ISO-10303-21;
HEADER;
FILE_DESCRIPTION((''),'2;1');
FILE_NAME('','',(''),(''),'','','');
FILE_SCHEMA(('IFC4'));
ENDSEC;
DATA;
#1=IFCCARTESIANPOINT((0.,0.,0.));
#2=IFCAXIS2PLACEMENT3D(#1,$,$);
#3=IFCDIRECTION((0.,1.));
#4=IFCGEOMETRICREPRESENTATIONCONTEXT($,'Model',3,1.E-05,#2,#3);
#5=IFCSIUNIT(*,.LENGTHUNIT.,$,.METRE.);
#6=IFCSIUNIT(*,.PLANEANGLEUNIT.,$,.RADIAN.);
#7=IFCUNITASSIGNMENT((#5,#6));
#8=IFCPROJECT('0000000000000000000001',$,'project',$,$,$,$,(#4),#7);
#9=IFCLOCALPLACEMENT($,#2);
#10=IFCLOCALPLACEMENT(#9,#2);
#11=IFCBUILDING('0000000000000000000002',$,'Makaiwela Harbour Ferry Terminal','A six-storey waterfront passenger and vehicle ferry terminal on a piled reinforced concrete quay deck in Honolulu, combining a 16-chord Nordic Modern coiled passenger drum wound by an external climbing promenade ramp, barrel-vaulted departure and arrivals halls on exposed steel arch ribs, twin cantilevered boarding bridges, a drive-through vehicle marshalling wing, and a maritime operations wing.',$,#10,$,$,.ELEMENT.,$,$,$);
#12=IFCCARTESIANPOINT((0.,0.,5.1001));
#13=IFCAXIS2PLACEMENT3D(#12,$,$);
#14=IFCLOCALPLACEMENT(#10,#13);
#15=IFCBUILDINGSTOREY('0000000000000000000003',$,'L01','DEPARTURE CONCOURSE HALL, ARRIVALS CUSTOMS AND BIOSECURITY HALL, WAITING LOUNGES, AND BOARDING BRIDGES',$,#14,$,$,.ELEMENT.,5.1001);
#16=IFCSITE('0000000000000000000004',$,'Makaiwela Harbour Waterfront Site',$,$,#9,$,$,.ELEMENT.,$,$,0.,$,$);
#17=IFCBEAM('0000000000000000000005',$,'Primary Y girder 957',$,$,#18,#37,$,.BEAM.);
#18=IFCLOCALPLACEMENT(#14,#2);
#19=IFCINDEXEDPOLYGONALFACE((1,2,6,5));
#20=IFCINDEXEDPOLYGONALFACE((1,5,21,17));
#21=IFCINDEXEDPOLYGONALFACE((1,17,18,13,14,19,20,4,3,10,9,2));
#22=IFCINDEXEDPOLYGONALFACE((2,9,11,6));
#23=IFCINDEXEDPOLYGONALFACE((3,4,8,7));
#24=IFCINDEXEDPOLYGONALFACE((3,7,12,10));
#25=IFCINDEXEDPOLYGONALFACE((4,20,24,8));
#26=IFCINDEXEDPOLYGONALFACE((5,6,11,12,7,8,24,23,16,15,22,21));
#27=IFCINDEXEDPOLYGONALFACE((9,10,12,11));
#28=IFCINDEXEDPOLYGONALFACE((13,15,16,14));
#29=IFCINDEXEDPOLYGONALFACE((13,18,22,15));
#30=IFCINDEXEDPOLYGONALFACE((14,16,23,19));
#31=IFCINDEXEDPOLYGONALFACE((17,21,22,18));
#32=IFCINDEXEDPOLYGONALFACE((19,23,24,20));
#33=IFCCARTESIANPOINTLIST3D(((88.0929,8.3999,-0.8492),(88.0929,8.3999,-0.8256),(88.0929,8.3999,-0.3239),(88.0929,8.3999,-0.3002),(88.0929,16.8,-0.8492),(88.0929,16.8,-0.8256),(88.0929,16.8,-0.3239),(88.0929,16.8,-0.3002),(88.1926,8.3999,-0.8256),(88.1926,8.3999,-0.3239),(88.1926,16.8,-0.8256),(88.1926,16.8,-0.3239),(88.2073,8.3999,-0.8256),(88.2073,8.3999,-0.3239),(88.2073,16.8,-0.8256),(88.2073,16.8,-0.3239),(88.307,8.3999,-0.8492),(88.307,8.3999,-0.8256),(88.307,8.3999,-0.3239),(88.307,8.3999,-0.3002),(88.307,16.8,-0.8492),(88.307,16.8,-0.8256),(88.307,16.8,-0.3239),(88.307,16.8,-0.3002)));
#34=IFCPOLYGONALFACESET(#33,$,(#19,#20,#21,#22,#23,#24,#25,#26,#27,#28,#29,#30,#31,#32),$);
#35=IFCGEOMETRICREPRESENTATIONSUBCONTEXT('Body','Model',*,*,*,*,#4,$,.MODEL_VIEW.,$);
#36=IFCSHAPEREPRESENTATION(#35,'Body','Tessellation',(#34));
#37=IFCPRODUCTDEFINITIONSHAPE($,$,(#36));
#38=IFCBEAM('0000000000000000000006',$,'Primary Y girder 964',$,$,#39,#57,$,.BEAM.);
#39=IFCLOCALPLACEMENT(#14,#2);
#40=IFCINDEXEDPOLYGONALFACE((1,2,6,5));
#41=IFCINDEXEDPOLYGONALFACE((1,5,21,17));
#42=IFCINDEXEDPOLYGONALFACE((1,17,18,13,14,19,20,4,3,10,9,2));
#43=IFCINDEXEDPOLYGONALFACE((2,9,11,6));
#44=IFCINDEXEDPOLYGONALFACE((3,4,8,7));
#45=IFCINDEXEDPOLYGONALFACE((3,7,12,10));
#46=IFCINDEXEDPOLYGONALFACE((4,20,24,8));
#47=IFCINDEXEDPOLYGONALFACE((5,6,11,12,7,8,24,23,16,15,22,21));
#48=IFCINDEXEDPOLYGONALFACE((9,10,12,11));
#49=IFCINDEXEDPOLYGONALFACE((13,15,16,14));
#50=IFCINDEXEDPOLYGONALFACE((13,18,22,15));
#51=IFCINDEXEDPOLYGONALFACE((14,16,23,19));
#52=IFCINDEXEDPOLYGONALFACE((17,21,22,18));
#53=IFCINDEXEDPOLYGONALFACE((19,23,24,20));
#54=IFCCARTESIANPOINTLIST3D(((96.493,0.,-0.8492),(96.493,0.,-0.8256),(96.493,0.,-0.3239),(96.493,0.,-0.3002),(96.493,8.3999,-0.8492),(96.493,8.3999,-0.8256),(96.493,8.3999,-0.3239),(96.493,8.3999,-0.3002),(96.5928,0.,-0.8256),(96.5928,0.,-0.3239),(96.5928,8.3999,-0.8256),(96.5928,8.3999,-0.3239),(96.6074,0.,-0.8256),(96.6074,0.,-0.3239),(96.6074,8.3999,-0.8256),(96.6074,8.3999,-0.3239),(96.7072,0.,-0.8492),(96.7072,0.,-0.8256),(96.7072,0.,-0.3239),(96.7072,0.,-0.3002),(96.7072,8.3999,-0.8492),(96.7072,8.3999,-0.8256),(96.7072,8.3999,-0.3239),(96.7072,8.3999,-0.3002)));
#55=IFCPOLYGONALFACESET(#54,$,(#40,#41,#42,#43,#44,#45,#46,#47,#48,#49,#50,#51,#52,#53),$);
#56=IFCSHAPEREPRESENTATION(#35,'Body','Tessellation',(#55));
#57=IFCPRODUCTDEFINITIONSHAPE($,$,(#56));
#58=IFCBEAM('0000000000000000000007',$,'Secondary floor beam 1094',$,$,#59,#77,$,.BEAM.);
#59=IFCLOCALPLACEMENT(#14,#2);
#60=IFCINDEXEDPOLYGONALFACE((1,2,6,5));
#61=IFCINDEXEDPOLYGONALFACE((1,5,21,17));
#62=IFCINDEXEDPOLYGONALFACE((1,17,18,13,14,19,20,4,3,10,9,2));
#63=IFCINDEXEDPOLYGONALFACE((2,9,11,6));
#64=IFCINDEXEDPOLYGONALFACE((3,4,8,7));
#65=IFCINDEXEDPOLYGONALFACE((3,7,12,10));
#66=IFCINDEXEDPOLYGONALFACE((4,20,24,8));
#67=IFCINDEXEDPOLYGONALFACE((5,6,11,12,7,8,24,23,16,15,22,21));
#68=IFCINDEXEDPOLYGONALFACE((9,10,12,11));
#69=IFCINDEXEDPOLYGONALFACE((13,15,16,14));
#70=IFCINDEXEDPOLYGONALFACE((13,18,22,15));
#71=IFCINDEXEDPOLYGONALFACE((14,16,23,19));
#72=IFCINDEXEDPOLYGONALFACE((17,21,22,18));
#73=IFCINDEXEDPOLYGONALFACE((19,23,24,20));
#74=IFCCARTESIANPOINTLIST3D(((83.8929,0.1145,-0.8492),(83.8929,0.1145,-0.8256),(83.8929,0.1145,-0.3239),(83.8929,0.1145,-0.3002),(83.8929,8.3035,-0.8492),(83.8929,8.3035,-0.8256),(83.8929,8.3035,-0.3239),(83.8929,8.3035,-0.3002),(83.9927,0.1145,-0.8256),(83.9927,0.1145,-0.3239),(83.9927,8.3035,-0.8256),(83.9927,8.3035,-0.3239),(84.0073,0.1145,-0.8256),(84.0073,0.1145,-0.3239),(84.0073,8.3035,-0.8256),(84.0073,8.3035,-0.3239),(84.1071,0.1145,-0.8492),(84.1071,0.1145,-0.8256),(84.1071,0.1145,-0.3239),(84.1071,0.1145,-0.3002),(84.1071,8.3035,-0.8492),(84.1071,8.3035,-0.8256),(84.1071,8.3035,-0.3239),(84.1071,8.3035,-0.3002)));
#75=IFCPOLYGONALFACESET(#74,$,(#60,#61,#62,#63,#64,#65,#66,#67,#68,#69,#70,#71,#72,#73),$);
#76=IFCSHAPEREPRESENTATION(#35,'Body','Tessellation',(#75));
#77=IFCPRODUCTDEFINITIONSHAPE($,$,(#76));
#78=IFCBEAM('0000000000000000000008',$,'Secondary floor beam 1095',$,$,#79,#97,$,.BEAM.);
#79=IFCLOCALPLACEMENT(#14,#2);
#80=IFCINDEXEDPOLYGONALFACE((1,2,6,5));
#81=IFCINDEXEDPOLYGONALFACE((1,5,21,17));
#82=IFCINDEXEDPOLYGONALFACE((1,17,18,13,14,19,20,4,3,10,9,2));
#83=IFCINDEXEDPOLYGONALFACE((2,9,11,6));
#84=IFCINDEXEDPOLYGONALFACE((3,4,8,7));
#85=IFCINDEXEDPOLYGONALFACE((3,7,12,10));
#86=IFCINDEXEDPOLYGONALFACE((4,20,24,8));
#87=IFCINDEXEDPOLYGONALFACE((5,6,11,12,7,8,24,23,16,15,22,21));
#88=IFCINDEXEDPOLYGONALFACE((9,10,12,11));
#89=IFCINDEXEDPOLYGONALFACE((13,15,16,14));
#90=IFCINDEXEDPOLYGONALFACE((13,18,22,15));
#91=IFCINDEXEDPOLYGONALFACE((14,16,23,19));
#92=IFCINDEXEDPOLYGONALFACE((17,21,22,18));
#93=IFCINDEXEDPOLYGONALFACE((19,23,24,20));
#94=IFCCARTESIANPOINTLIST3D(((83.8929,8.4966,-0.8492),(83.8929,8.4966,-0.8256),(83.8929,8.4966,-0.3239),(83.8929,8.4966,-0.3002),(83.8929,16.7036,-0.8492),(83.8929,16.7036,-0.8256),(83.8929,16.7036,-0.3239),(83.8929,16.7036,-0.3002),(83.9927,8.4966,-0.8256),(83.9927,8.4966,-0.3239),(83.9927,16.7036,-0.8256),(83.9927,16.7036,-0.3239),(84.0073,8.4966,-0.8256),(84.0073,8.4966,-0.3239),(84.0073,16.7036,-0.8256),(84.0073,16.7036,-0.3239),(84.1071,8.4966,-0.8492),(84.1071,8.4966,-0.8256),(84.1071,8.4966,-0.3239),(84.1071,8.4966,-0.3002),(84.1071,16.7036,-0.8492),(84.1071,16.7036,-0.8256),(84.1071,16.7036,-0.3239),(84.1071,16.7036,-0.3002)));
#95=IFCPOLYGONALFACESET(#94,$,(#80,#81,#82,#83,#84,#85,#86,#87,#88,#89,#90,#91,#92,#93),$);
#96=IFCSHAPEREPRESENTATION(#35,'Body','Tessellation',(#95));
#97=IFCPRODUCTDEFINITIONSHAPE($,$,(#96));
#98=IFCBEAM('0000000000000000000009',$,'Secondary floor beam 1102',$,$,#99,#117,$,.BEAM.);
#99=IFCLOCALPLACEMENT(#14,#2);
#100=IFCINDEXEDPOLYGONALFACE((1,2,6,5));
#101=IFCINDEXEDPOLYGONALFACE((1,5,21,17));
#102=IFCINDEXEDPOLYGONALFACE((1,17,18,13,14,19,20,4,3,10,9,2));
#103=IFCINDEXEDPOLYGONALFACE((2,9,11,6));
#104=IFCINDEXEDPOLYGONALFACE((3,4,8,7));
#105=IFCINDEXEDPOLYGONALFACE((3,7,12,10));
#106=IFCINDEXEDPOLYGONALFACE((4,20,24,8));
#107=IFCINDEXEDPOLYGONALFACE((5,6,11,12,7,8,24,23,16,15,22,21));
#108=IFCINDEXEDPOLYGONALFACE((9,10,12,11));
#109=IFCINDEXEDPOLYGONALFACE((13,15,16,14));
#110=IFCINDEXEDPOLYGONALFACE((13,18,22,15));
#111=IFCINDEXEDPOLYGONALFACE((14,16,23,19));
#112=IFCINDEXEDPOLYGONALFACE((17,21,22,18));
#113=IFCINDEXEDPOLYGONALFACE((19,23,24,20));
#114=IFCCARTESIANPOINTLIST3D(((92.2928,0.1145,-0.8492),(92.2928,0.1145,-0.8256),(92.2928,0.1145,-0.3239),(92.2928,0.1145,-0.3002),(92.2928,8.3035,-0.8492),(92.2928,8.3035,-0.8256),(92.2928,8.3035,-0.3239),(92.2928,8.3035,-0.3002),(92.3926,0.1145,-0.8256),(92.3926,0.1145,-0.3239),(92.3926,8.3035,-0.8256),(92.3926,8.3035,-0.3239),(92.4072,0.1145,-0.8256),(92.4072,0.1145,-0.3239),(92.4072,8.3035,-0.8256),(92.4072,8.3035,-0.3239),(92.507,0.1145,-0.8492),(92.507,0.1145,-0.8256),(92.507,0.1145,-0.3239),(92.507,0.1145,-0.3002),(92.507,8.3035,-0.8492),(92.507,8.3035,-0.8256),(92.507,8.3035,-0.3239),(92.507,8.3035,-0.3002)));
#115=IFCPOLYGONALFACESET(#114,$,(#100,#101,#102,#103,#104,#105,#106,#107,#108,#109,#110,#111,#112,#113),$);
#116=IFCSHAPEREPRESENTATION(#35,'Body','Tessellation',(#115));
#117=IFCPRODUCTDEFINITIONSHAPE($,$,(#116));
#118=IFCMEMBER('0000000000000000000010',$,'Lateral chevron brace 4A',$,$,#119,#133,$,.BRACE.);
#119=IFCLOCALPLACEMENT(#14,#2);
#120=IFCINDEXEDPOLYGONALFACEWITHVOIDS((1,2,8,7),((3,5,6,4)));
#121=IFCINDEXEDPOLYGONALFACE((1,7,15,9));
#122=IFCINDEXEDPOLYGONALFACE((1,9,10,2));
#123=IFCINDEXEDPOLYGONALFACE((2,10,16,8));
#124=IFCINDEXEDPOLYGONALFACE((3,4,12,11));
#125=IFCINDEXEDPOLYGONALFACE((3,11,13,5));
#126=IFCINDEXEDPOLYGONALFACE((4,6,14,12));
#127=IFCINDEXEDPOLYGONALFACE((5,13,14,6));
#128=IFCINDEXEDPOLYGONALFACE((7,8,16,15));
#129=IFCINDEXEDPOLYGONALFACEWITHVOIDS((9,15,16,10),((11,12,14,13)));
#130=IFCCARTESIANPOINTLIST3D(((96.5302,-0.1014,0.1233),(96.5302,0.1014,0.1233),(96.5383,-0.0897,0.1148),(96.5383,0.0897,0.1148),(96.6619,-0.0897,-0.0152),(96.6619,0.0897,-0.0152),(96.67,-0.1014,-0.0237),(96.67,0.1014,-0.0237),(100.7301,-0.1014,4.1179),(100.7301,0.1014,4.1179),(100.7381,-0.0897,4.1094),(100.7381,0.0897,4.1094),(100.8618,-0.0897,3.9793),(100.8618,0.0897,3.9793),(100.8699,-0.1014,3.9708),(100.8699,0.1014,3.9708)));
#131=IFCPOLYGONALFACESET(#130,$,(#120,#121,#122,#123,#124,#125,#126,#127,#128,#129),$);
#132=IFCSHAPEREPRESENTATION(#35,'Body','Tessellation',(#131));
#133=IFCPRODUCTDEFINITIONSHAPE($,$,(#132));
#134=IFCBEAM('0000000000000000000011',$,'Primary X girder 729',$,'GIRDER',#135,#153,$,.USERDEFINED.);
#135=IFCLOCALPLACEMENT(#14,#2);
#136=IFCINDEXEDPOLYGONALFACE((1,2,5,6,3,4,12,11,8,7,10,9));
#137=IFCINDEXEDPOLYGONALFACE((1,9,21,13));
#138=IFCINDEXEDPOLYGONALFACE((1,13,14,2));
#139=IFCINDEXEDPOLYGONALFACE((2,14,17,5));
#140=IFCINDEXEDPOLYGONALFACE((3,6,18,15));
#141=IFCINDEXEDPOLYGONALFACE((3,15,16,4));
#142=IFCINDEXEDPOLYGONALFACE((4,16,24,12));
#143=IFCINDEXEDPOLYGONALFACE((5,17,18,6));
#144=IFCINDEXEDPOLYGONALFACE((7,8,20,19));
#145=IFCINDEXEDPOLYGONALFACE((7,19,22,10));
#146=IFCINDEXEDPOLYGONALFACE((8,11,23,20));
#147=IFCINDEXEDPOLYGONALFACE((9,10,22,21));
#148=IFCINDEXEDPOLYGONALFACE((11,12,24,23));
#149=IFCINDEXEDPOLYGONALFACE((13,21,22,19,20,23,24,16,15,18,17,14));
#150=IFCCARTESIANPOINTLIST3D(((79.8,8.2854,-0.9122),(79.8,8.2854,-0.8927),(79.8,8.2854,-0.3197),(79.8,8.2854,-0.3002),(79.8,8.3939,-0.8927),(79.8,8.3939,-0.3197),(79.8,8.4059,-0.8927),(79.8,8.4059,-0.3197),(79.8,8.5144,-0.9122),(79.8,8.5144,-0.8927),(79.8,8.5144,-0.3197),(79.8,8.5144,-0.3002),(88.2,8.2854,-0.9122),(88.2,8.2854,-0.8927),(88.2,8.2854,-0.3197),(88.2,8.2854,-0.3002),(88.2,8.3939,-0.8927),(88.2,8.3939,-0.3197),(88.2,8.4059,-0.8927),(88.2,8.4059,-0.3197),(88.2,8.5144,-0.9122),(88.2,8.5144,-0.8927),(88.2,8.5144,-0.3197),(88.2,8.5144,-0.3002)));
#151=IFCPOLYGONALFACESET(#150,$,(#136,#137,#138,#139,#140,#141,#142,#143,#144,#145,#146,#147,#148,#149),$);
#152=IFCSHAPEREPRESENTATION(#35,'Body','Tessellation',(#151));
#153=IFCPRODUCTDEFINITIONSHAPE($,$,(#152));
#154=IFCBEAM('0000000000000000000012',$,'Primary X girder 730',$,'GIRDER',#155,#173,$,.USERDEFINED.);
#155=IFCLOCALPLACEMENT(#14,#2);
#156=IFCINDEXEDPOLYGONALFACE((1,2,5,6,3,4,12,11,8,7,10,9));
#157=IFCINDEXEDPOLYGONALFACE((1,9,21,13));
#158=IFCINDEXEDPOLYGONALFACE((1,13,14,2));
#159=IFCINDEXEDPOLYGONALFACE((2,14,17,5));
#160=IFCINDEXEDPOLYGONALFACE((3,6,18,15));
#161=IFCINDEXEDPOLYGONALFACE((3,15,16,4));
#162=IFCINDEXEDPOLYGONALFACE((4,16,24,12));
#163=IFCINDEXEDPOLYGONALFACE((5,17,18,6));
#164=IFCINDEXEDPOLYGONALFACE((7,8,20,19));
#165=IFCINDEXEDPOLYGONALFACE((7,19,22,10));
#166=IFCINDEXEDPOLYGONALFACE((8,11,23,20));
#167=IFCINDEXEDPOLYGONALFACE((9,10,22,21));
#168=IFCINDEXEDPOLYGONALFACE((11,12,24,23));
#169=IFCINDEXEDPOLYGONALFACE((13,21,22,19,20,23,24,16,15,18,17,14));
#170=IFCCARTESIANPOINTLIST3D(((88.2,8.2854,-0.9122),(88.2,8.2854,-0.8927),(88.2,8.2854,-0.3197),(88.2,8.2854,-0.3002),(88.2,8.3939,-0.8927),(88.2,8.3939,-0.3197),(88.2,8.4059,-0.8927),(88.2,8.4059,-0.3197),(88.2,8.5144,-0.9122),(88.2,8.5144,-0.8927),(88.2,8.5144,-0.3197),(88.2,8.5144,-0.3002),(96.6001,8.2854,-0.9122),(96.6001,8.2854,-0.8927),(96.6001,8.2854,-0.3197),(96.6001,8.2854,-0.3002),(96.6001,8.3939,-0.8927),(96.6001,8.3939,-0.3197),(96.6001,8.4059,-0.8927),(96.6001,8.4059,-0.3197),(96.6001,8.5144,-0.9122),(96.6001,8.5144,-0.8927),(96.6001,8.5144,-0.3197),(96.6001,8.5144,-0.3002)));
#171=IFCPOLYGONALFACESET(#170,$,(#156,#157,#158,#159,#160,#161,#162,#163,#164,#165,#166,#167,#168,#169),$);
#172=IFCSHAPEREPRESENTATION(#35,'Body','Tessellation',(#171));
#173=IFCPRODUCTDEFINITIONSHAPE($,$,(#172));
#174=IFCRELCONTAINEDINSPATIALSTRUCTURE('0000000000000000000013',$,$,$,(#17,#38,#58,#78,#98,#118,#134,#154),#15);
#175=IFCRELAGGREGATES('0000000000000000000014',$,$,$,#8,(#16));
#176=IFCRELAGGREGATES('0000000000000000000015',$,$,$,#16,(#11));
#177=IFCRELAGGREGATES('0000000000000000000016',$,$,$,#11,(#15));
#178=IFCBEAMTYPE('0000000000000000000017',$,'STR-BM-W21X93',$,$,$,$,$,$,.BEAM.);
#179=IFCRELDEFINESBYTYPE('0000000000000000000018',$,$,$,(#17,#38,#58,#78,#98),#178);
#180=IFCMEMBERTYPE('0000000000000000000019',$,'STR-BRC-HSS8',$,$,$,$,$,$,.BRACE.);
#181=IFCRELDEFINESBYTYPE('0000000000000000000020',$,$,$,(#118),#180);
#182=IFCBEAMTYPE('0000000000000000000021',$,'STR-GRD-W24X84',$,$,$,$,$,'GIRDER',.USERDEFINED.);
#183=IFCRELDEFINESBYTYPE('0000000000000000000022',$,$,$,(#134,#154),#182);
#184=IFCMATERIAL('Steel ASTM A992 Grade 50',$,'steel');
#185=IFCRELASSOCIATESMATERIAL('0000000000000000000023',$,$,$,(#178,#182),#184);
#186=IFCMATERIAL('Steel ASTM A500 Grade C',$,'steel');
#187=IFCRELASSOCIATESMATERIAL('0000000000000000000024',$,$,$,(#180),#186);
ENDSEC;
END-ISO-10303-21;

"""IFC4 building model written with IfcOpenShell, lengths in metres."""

from ifc_helpers import new_model, si_unit, direction, frame, origin, origin_2d, place, context, subcontext, project, spatial, hollow_rectangle, i_section, extrude, material, material_profile, profile_set, type_object, element, save


model = new_model("IFC4")

# Units and contexts
model_context = context("Model", 3, precision=1e-05, world=origin(), true_north=direction((0.0, 1.0)))
body_context = subcontext(model_context, "Body", "Model", "MODEL_VIEW")
ifc_project = project(units=[si_unit("LENGTHUNIT", "METRE"), si_unit("PLANEANGLEUNIT", "RADIAN")], contexts=[model_context])

# Site, building, storey
site_placement = place(None, origin())
site = spatial("IfcSite", under=ifc_project, at=site_placement, Name="Makaiwela Harbour Waterfront Site", CompositionType="ELEMENT", RefElevation=0.0)
building_placement = place(site_placement, origin())
building = spatial("IfcBuilding", under=site, at=building_placement, Name="Makaiwela Harbour Ferry Terminal", Description="A six-storey waterfront passenger and vehicle ferry terminal on a piled reinforced concrete quay deck in Honolulu, combining a 16-chord Nordic Modern coiled passenger drum wound by an external climbing promenade ramp, barrel-vaulted departure and arrivals halls on exposed steel arch ribs, twin cantilevered boarding bridges, a drive-through vehicle marshalling wing, and a maritime operations wing.", CompositionType="ELEMENT")
storey_placement = place(building_placement, frame((0.0, 0.0, 5.1001)))
storey = spatial("IfcBuildingStorey", under=building, at=storey_placement, Name="L01", Description="DEPARTURE CONCOURSE HALL, ARRIVALS CUSTOMS AND BIOSECURITY HALL, WAITING LOUNGES, AND BOARDING BRIDGES", CompositionType="ELEMENT", Elevation=5.1001)

# Shared definitions
ifc_material_1 = material(Name="Steel ASTM A992 Grade 50", Category="steel")

# Beams
ifc_material_profile_1 = material_profile(ifc_material_1, i_section(OverallWidth=0.2141, OverallDepth=0.5491, WebThickness=0.0146, FlangeThickness=0.0237, at=origin_2d()), Name="W21X93")
ifc_profile_set_1 = profile_set([ifc_material_profile_1], Name="Steel ASTM A992 Grade 50")
beam_type_1 = type_object("IfcBeamType", Name="STR-BM-W21X93", PredefinedType="BEAM", material=ifc_profile_set_1)
beam_1_placement = place(storey_placement, frame((88.2, 8.3999, -0.5747), z_axis=(0.0, 1.0, 0.0), x_axis=(-1.0, 0.0, 0.0)))
element("IfcBeam", 1, at=beam_1_placement, inside=storey, type_object=beam_type_1, Name="Primary Y girder 957", PredefinedType="BEAM", context=body_context, shape_type="SweptSolid", body=[
    extrude(i_section(OverallWidth=0.2141, OverallDepth=0.5491, WebThickness=0.0146, FlangeThickness=0.0237, at=origin_2d()), origin(), (0.0, 0.0, 1.0), 8.4001),
])
beam_2_placement = place(storey_placement, frame((96.6001, 0.0, -0.5747), z_axis=(0.0, 1.0, 0.0), x_axis=(-1.0, 0.0, 0.0)))
element("IfcBeam", 2, at=beam_2_placement, inside=storey, type_object=beam_type_1, Name="Primary Y girder 964", PredefinedType="BEAM", context=body_context, shape_type="SweptSolid", body=[
    extrude(i_section(OverallWidth=0.2141, OverallDepth=0.5491, WebThickness=0.0146, FlangeThickness=0.0237, at=origin_2d()), origin(), (0.0, 0.0, 1.0), 8.3999),
])
beam_3_placement = place(storey_placement, frame((84.0, 0.1145, -0.5747), z_axis=(0.0, 1.0, 0.0), x_axis=(-1.0, 0.0, 0.0)))
element("IfcBeam", 3, at=beam_3_placement, inside=storey, type_object=beam_type_1, Name="Secondary floor beam 1094", PredefinedType="BEAM", context=body_context, shape_type="SweptSolid", body=[
    extrude(i_section(OverallWidth=0.2141, OverallDepth=0.5491, WebThickness=0.0146, FlangeThickness=0.0237, at=origin_2d()), origin(), (0.0, 0.0, 1.0), 8.189),
])
beam_4_placement = place(storey_placement, frame((84.0, 8.4966, -0.5747), z_axis=(0.0, 1.0, 0.0), x_axis=(-1.0, 0.0, 0.0)))
element("IfcBeam", 4, at=beam_4_placement, inside=storey, type_object=beam_type_1, Name="Secondary floor beam 1095", PredefinedType="BEAM", context=body_context, shape_type="SweptSolid", body=[
    extrude(i_section(OverallWidth=0.2141, OverallDepth=0.5491, WebThickness=0.0146, FlangeThickness=0.0237, at=origin_2d()), origin(), (0.0, 0.0, 1.0), 8.207),
])
beam_5_placement = place(storey_placement, frame((92.3999, 0.1145, -0.5747), z_axis=(0.0, 1.0, 0.0), x_axis=(-1.0, 0.0, 0.0)))
element("IfcBeam", 5, at=beam_5_placement, inside=storey, type_object=beam_type_1, Name="Secondary floor beam 1102", PredefinedType="BEAM", context=body_context, shape_type="SweptSolid", body=[
    extrude(i_section(OverallWidth=0.2141, OverallDepth=0.5491, WebThickness=0.0146, FlangeThickness=0.0237, at=origin_2d()), origin(), (0.0, 0.0, 1.0), 8.189),
])

# Member
ifc_material_2 = material(Name="Steel ASTM A500 Grade C", Category="steel")
ifc_material_profile_2 = material_profile(ifc_material_2, hollow_rectangle(XDim=0.2029, YDim=0.2029, WallThickness=0.0117, at=origin_2d()), Name="HSS8X8X1/2")
ifc_profile_set_2 = profile_set([ifc_material_profile_2], Name="Steel ASTM A500 Grade C")
member_type = type_object("IfcMemberType", Name="STR-BRC-HSS8", PredefinedType="BRACE", material=ifc_profile_set_2)
member_placement = place(storey_placement, frame((96.6001, 0.0, 0.0498), z_axis=(0.724597, 0.0, 0.689173), x_axis=(0.0, 1.0, 0.0)))
element("IfcMember", 6, at=member_placement, inside=storey, type_object=member_type, Name="Lateral chevron brace 4A", PredefinedType="BRACE", context=body_context, shape_type="SweptSolid", body=[
    extrude(hollow_rectangle(XDim=0.2029, YDim=0.2029, WallThickness=0.0117, at=origin_2d()), origin(), (0.0, 0.0, 1.0), 5.7961),
])

# Beams
ifc_material_profile_3 = material_profile(ifc_material_1, i_section(OverallWidth=0.229, OverallDepth=0.6121, WebThickness=0.012, FlangeThickness=0.0195, at=origin_2d()), Name="W24X84")
ifc_profile_set_3 = profile_set([ifc_material_profile_3], Name="Steel ASTM A992 Grade 50")
beam_type_2 = type_object("IfcBeamType", Name="STR-GRD-W24X84", ElementType="GIRDER", PredefinedType="USERDEFINED", material=ifc_profile_set_3)
beam_6_placement = place(storey_placement, frame((79.8, 8.3999, -0.6062), z_axis=(1.0, 0.0, 0.0), x_axis=(0.0, 1.0, 0.0)))
element("IfcBeam", 7, at=beam_6_placement, inside=storey, type_object=beam_type_2, Name="Primary X girder 729", ObjectType="GIRDER", PredefinedType="USERDEFINED", context=body_context, shape_type="SweptSolid", body=[
    extrude(i_section(OverallWidth=0.229, OverallDepth=0.6121, WebThickness=0.012, FlangeThickness=0.0195, at=origin_2d()), origin(), (0.0, 0.0, 1.0), 8.3999),
])
beam_7_placement = place(storey_placement, frame((88.2, 8.3999, -0.6062), z_axis=(1.0, 0.0, 0.0), x_axis=(0.0, 1.0, 0.0)))
element("IfcBeam", 8, at=beam_7_placement, inside=storey, type_object=beam_type_2, Name="Primary X girder 730", ObjectType="GIRDER", PredefinedType="USERDEFINED", context=body_context, shape_type="SweptSolid", body=[
    extrude(i_section(OverallWidth=0.229, OverallDepth=0.6121, WebThickness=0.012, FlangeThickness=0.0195, at=origin_2d()), origin(), (0.0, 0.0, 1.0), 8.4001),
])

save(model, "model.ifc")
